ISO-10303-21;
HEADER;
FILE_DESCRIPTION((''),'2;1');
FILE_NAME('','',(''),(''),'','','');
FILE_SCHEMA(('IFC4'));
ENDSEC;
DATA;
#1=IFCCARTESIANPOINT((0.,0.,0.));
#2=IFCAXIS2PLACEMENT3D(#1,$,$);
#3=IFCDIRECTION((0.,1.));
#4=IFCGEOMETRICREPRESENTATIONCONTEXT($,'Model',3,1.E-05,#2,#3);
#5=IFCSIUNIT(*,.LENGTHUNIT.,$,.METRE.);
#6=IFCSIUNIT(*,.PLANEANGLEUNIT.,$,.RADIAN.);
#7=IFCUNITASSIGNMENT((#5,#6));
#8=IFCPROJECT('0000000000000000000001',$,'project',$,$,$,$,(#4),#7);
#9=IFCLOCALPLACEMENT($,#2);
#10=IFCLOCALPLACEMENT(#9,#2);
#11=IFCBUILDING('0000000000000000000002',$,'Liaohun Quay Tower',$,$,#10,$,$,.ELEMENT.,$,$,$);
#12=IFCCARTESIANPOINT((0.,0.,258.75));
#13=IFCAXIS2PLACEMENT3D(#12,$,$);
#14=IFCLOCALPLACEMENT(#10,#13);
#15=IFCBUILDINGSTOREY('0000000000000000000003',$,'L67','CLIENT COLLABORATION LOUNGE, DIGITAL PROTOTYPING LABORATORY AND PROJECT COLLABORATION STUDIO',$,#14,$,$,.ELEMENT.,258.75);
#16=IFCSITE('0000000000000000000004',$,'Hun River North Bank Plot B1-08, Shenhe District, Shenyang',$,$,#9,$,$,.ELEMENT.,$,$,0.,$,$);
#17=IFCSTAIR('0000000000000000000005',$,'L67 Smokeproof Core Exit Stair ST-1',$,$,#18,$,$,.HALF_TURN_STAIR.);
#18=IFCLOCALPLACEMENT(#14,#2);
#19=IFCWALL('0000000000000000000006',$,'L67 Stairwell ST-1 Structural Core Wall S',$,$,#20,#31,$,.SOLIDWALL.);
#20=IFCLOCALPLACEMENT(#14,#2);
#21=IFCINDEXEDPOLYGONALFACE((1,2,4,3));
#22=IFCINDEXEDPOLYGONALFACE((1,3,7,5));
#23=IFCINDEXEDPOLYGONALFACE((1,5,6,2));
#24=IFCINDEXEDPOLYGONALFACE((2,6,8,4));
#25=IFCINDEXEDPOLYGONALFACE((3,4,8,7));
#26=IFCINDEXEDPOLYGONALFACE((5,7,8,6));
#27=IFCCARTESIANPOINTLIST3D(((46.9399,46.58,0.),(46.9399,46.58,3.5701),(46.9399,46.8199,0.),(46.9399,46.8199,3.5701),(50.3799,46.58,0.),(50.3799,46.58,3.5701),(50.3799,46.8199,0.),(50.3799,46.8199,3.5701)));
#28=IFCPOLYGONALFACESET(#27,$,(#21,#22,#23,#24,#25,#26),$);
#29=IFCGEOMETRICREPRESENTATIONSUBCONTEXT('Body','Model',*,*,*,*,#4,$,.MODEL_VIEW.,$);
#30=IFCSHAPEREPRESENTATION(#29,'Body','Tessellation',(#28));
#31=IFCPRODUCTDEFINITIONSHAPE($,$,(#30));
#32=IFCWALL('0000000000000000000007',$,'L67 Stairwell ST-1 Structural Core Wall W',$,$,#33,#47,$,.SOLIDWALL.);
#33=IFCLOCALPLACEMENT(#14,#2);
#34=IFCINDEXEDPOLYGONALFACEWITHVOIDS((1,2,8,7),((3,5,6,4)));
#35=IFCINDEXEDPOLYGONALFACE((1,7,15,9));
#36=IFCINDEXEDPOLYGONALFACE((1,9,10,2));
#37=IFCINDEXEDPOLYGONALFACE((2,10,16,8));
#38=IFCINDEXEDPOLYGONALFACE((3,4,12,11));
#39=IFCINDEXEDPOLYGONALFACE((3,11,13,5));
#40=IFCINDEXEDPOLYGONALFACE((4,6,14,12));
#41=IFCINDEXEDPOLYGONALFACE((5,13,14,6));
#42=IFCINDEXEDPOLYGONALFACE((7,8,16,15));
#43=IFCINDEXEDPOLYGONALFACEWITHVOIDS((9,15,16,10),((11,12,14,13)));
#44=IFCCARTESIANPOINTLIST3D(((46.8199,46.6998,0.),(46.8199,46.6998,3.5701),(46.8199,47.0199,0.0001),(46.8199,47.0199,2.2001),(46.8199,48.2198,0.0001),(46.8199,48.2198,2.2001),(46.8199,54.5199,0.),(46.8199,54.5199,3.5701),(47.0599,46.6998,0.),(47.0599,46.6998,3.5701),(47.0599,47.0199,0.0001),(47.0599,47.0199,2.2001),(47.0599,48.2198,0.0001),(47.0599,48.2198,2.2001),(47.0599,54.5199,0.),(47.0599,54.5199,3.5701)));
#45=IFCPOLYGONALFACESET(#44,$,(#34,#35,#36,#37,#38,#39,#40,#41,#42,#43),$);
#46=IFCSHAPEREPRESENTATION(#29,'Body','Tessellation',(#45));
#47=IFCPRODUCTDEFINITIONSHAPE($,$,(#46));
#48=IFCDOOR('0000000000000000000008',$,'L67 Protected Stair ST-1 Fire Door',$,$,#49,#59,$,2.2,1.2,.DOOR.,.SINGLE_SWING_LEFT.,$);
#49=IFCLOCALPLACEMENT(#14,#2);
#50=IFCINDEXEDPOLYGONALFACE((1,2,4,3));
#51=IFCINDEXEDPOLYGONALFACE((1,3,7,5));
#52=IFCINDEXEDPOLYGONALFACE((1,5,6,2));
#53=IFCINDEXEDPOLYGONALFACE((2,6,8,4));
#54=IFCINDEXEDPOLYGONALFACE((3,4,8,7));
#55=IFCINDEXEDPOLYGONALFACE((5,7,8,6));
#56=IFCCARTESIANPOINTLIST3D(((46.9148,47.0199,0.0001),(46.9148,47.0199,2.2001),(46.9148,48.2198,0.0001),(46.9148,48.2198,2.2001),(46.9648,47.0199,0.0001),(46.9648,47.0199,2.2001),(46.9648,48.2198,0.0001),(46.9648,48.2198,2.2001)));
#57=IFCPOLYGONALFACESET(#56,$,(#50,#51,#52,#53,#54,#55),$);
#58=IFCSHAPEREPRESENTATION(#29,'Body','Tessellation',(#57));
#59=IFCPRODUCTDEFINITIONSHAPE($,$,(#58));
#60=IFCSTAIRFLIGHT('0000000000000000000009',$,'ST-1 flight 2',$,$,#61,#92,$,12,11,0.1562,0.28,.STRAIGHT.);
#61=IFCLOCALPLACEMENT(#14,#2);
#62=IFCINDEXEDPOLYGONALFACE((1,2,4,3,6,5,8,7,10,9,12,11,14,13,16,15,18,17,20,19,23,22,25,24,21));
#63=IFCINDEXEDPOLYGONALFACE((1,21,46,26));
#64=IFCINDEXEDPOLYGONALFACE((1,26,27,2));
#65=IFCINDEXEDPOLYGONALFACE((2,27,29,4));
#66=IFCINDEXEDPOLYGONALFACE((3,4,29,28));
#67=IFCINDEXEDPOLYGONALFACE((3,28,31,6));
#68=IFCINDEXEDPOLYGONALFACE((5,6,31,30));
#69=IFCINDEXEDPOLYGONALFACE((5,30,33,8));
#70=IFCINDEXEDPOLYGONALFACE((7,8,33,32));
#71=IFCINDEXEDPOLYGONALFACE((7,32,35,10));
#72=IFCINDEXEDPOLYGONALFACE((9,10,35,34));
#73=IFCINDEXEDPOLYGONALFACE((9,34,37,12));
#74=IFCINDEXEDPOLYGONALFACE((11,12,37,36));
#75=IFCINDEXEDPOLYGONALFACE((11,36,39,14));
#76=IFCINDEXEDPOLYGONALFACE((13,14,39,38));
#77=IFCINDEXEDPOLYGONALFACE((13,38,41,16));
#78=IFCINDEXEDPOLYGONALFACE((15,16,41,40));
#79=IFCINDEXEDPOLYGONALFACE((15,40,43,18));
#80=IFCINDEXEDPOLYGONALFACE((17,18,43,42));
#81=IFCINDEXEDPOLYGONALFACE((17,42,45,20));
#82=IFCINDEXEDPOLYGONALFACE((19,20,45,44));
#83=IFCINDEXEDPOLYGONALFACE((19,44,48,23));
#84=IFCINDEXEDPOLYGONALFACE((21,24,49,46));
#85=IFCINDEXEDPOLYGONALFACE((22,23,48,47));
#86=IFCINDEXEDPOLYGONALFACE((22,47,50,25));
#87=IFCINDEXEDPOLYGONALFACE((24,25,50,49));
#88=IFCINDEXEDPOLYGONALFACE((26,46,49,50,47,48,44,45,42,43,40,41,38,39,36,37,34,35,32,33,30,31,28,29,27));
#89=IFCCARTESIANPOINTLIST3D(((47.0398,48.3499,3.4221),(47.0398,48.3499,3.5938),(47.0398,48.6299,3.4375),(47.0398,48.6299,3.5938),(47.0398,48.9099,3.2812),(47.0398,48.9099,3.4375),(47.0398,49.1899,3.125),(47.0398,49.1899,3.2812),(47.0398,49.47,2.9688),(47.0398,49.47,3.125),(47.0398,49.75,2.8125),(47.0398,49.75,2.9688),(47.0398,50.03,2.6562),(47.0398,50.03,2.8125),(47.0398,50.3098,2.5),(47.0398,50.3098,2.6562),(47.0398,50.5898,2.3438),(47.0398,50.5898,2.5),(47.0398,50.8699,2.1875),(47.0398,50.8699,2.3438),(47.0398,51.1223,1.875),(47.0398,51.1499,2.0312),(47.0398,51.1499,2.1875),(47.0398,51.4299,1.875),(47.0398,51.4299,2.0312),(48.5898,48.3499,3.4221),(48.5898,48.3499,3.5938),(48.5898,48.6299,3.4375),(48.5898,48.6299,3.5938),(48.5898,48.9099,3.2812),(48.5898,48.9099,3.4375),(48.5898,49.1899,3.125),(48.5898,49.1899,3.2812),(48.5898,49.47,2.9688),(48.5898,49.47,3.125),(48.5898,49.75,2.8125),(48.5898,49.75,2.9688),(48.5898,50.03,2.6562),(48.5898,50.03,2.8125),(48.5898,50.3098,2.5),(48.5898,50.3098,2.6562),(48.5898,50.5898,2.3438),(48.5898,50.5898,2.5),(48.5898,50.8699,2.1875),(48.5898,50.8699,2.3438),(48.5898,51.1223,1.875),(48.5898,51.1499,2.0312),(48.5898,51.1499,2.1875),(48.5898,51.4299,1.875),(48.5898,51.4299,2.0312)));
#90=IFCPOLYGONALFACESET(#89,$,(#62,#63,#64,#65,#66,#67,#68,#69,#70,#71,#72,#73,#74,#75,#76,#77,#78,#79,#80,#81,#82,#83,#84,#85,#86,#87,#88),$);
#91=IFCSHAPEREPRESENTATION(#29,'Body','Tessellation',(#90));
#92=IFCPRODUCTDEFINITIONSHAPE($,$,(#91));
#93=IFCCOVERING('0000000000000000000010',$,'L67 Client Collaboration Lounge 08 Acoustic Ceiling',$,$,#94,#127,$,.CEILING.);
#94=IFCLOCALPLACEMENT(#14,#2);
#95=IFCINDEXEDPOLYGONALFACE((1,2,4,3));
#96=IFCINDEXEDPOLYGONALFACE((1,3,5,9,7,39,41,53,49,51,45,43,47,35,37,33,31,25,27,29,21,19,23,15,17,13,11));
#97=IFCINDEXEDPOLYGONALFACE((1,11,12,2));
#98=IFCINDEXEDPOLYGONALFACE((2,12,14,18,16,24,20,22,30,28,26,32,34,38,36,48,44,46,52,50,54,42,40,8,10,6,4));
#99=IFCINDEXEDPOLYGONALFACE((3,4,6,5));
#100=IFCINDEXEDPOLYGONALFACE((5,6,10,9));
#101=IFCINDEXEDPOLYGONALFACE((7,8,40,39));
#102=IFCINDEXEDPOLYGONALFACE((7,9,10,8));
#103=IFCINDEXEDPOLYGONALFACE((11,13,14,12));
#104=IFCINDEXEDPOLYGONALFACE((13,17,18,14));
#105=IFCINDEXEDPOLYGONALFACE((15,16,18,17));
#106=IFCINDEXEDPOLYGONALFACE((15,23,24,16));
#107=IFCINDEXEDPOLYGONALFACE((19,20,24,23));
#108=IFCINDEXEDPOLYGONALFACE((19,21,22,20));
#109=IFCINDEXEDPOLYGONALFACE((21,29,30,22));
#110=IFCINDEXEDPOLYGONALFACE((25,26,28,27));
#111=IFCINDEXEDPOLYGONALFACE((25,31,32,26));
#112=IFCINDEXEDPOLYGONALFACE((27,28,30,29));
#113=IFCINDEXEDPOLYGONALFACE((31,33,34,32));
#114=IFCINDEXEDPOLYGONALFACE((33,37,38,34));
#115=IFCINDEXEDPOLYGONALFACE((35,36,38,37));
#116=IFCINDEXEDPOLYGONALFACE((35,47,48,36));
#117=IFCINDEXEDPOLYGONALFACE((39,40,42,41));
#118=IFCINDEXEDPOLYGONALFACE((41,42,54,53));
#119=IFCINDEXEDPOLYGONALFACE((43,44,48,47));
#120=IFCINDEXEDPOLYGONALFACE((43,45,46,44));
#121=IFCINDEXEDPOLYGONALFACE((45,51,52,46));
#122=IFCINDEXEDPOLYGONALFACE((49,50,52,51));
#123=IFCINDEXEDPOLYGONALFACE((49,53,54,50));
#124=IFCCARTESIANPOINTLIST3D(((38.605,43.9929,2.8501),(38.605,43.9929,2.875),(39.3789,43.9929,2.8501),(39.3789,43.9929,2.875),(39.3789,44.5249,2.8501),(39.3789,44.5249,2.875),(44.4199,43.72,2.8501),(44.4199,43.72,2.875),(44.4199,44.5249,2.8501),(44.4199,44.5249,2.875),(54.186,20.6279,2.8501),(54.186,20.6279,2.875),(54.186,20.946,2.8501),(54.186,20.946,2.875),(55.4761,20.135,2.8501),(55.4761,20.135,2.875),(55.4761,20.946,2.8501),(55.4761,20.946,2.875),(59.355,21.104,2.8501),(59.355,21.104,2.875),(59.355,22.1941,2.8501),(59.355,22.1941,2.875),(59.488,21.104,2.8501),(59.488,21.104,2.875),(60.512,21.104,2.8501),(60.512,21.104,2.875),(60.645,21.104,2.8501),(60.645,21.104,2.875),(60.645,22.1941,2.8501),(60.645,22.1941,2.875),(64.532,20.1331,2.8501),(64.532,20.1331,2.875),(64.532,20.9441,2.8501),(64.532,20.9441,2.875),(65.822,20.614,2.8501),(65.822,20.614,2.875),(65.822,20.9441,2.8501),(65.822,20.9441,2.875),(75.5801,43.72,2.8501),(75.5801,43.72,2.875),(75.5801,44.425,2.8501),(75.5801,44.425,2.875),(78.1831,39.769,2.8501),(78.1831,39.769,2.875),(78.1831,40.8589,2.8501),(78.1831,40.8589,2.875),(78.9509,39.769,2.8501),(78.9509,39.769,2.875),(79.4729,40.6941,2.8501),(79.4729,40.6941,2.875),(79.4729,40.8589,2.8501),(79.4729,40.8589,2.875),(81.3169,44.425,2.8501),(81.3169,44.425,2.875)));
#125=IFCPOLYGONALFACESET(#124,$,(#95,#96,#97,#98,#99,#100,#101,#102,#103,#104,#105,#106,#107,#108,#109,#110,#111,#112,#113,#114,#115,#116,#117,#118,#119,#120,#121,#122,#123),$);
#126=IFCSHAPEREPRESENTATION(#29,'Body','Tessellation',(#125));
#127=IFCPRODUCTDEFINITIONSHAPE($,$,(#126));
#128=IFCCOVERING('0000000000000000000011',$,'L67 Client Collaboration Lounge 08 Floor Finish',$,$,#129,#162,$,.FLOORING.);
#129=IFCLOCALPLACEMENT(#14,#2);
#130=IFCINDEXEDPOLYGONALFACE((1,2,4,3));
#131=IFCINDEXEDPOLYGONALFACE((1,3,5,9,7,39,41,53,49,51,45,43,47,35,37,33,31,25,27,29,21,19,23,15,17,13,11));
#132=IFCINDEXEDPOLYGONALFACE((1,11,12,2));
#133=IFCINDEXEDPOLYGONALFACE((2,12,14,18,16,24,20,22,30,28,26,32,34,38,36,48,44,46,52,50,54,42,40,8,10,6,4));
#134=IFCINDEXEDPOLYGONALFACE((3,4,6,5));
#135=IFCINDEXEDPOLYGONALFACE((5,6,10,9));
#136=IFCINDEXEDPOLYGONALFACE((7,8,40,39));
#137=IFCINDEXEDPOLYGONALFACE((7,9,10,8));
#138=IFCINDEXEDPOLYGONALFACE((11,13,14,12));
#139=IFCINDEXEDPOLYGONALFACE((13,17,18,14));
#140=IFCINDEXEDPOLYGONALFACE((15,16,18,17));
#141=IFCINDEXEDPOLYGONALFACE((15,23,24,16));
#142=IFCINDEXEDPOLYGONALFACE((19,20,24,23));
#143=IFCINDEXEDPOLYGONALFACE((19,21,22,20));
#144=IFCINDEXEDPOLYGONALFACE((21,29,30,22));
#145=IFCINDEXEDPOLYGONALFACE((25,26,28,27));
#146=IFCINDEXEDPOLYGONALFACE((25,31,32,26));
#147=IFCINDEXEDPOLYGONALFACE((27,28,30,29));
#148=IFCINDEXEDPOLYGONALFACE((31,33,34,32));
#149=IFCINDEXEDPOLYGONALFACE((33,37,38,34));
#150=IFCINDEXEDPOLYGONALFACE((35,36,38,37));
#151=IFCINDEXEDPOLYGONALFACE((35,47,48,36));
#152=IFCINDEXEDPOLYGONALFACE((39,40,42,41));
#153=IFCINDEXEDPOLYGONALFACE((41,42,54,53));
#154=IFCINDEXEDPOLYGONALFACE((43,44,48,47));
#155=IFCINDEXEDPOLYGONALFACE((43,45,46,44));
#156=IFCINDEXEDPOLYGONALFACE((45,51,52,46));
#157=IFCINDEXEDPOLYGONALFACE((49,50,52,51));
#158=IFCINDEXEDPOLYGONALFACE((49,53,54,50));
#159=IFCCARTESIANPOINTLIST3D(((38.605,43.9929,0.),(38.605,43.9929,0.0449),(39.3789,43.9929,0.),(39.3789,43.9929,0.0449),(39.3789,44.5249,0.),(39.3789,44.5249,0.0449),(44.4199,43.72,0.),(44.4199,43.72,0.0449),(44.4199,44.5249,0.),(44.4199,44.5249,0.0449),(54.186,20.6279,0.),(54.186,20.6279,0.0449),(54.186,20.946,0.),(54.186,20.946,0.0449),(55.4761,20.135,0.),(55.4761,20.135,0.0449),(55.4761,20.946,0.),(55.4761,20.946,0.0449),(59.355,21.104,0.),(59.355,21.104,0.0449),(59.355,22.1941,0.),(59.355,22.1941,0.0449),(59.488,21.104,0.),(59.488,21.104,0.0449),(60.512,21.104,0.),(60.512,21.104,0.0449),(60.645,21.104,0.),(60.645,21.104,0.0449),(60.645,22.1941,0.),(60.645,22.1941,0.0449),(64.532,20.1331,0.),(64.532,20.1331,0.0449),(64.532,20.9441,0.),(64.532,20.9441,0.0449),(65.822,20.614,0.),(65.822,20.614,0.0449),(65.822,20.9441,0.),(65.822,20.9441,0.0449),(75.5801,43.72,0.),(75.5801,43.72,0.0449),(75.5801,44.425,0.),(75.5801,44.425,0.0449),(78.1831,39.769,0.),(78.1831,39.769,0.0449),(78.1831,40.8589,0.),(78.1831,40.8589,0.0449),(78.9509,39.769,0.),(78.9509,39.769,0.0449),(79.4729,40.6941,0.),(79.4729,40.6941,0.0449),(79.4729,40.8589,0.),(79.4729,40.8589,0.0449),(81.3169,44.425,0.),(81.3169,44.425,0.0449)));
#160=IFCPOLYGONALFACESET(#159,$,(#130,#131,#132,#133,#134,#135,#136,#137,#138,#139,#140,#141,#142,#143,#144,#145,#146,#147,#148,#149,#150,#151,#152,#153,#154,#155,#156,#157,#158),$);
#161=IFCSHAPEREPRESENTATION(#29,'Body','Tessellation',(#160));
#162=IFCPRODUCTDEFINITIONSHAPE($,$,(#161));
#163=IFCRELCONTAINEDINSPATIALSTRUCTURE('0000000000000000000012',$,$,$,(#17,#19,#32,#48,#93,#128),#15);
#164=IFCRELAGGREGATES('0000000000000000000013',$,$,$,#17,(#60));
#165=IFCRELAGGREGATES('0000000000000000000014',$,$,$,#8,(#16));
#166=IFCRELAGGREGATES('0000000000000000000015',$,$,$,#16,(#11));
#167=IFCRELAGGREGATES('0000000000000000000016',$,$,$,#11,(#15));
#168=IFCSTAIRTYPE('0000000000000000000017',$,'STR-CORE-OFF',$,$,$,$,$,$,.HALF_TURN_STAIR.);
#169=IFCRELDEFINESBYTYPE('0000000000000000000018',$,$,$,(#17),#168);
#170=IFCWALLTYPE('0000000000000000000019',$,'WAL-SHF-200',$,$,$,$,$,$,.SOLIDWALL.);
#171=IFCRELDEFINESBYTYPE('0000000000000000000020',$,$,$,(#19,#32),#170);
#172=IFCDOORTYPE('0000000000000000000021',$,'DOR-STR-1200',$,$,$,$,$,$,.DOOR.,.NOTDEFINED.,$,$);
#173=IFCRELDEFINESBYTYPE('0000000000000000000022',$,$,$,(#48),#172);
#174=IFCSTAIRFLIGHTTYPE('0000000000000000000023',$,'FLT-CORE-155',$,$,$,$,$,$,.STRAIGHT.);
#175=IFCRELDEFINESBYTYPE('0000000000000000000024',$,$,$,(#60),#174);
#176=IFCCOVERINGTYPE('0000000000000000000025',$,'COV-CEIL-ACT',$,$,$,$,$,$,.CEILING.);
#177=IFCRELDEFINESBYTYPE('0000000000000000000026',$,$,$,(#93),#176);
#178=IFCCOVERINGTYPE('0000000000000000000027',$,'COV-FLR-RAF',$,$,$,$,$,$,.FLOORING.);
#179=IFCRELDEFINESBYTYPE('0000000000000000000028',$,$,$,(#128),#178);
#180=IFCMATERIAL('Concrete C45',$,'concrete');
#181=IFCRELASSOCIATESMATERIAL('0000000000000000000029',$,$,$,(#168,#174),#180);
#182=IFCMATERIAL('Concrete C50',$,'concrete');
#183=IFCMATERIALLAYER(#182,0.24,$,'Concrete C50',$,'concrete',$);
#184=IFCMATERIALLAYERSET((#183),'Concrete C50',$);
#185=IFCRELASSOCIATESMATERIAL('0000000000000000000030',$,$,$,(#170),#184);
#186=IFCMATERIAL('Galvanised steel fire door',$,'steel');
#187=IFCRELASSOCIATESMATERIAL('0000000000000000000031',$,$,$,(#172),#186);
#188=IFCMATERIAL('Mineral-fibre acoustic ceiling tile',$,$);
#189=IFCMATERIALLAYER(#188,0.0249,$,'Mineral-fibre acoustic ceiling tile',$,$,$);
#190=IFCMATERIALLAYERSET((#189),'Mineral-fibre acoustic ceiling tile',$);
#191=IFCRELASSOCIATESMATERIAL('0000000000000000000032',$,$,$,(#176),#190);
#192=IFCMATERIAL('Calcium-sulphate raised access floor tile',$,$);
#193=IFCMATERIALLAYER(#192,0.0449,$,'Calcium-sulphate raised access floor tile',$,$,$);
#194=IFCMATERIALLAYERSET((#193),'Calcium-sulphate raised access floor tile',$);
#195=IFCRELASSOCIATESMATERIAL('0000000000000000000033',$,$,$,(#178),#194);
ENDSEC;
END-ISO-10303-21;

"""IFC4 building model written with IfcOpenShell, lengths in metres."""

from ifc_helpers import new_model, si_unit, direction, frame, frame_2d, origin, place, context, subcontext, project, spatial, polyline, rectangle, outline, extrude, source, transform, mapped, material, layer, layer_set, type_object, element, fill, aggregate, save


model = new_model("IFC4")

# Units and contexts
model_context = context("Model", 3, precision=1e-05, world=origin(), true_north=direction((0.0, 1.0)))
body_context = subcontext(model_context, "Body", "Model", "MODEL_VIEW")
ifc_project = project(units=[si_unit("LENGTHUNIT", "METRE"), si_unit("PLANEANGLEUNIT", "RADIAN")], contexts=[model_context])

# Site, building, storey
site_placement = place(None, origin())
site = spatial("IfcSite", under=ifc_project, at=site_placement, Name="Hun River North Bank Plot B1-08, Shenhe District, Shenyang", CompositionType="ELEMENT", RefElevation=0.0)
building_placement = place(site_placement, origin())
building = spatial("IfcBuilding", under=site, at=building_placement, Name="Liaohun Quay Tower", CompositionType="ELEMENT")
storey_placement = place(building_placement, frame((0.0, 0.0, 258.75)))
storey = spatial("IfcBuildingStorey", under=building, at=storey_placement, Name="L67", Description="CLIENT COLLABORATION LOUNGE, DIGITAL PROTOTYPING LABORATORY AND PROJECT COLLABORATION STUDIO", CompositionType="ELEMENT", Elevation=258.75)

# Stair
ifc_material_1 = material(Name="Concrete C45", Category="concrete")
stair_type = type_object("IfcStairType", Name="STR-CORE-OFF", PredefinedType="HALF_TURN_STAIR", material=ifc_material_1)
stair_1_placement = place(storey_placement, origin())
stair_1 = element("IfcStair", 1, at=stair_1_placement, inside=storey, type_object=stair_type, Name="L67 Smokeproof Core Exit Stair ST-1", PredefinedType="HALF_TURN_STAIR")

# Wall
ifc_material_2 = material(Name="Concrete C50", Category="concrete")
ifc_layer_1 = layer(ifc_material_2, 0.24, Name="Concrete C50", Category="concrete")
ifc_layer_set_1 = layer_set([ifc_layer_1], Name="Concrete C50")
wall_type_1 = type_object("IfcWallType", Name="WAL-SHF-200", PredefinedType="SOLIDWALL", material=ifc_layer_set_1)
wall_1_placement = place(storey_placement, frame((46.9399, 46.7, 0.0), z_axis=(0.0, 0.0, 1.0), x_axis=(1.0, 0.0, 0.0)))
element("IfcWall", 2, at=wall_1_placement, inside=storey, type_object=wall_type_1, Name="L67 Stairwell ST-1 Structural Core Wall S", PredefinedType="SOLIDWALL", context=body_context, shape_type="SweptSolid", body=[
    extrude(rectangle(XDim=3.4399, YDim=0.24, at=frame_2d((1.72, 0.0))), origin(), (0.0, 0.0, 1.0), 3.5701),
])

# Wall, opening, door
wall_2_placement = place(storey_placement, frame((46.9399, 54.52, 0.0), z_axis=(0.0, 0.0, 1.0), x_axis=(0.0, -1.0, 0.0)))
wall_2 = element("IfcWall", 3, at=wall_2_placement, inside=storey, type_object=wall_type_1, Name="L67 Stairwell ST-1 Structural Core Wall W", PredefinedType="SOLIDWALL", context=body_context, shape_type="SweptSolid", body=[
    extrude(rectangle(XDim=7.8201, YDim=0.24, at=frame_2d((3.9102, 0.0))), origin(), (0.0, 0.0, 1.0), 3.5701),
])
shared_shape_1 = source(origin(), body_context, "Body", "SweptSolid", [
    extrude(rectangle(XDim=1.2, YDim=2.2, at=frame_2d((0.6001, 1.1001))), frame((0.0, 0.1299, 0.0), z_axis=(0.0, -1.0, 0.0), x_axis=(1.0, 0.0, 0.0)), (0.0, 0.0, 1.0), 0.26),
])
opening_1_placement = place(wall_2_placement, frame((6.3, 0.0, 0.0)))
opening_1 = element("IfcOpeningElement", 4, at=opening_1_placement, cuts=wall_2, PredefinedType="OPENING", context=body_context, shape_type="MappedRepresentation", body=[
    mapped(shared_shape_1, transform((0.0, 0.0, 0.0), x_axis=(1.0, 0.0, 0.0), y_axis=(0.0, 1.0, 0.0), z_axis=(0.0, 0.0, 1.0), scale=1.0)),
])
ifc_material_3 = material(Name="Galvanised steel fire door", Category="steel")
door_type_1 = type_object("IfcDoorType", Name="DOR-STR-1200", OperationType="NOTDEFINED", PredefinedType="DOOR", material=ifc_material_3)
shared_shape_2 = source(origin(), body_context, "Body", "SweptSolid", [
    extrude(rectangle(XDim=1.2, YDim=2.2, at=frame_2d((0.6001, 1.1001))), frame((0.0, 0.0249, 0.0), z_axis=(0.0, -1.0, 0.0), x_axis=(1.0, 0.0, 0.0)), (0.0, 0.0, 1.0), 0.05),
])
door_1_placement = place(opening_1_placement, origin())
door_1 = element("IfcDoor", 5, at=door_1_placement, inside=storey, type_object=door_type_1, Name="L67 Protected Stair ST-1 Fire Door", OperationType="SINGLE_SWING_LEFT", OverallHeight=2.2, OverallWidth=1.2, PredefinedType="DOOR", context=body_context, shape_type="MappedRepresentation", body=[
    mapped(shared_shape_2, transform((0.0, 0.0, 0.0), x_axis=(1.0, 0.0, 0.0), y_axis=(0.0, 1.0, 0.0), z_axis=(0.0, 0.0, 1.0), scale=1.0)),
])
fill(opening_1, door_1)

# Stair flight
stair_flight_type = type_object("IfcStairFlightType", Name="FLT-CORE-155", PredefinedType="STRAIGHT", material=ifc_material_1)
stair_flight_placement = place(storey_placement, frame((47.8149, 51.4299, 1.875), z_axis=(0.0, 0.0, 1.0), x_axis=(0.0, -1.0, 0.0)))
stair_flight = element("IfcStairFlight", 6, at=stair_flight_placement, type_object=stair_flight_type, Name="ST-1 flight 2", NumberOfRisers=12, NumberOfTreads=11, PredefinedType="STRAIGHT", RiserHeight=0.1562, TreadLength=0.28, context=body_context, shape_type="SweptSolid", body=[
    extrude(outline(polyline([(0.0, 0.0), (0.0, 0.1562), (0.28, 0.1562), (0.28, 0.3125), (0.5601, 0.3125), (0.5601, 0.4688), (0.8401, 0.4688), (0.8401, 0.625), (1.1201, 0.625), (1.1201, 0.7812), (1.3999, 0.7812), (1.3999, 0.9375), (1.6799, 0.9375), (1.6799, 1.0938), (1.96, 1.0938), (1.96, 1.25), (2.24, 1.25), (2.24, 1.4062), (2.52, 1.4062), (2.52, 1.5625), (2.8, 1.5625), (2.8, 1.7188), (3.0801, 1.7188), (3.0801, 1.875), (3.0801, 1.5471), (0.3076, 0.0), (0.0, 0.0)])), frame((0.0, 0.7749, 0.0), z_axis=(0.0, -1.0, 0.0), x_axis=(1.0, 0.0, 0.0)), (0.0, 0.0, 1.0), 1.55),
])
aggregate(stair_1, [stair_flight])

# Coverings
ifc_material_4 = material(Name="Mineral-fibre acoustic ceiling tile")
ifc_layer_2 = layer(ifc_material_4, 0.0249, Name="Mineral-fibre acoustic ceiling tile")
ifc_layer_set_2 = layer_set([ifc_layer_2], Name="Mineral-fibre acoustic ceiling tile")
covering_type_1 = type_object("IfcCoveringType", Name="COV-CEIL-ACT", PredefinedType="CEILING", material=ifc_layer_set_2)
covering_1_placement = place(storey_placement, frame((0.0, 0.0, 2.8501)))
element("IfcCovering", 7, at=covering_1_placement, inside=storey, type_object=covering_type_1, Name="L67 Client Collaboration Lounge 08 Acoustic Ceiling", PredefinedType="CEILING", context=body_context, shape_type="SweptSolid", body=[
    extrude(outline(polyline([(39.3789, 44.5249), (39.3789, 43.9929), (38.605, 43.9929), (54.186, 20.6279), (54.186, 20.946), (55.4761, 20.946), (55.4761, 20.135), (59.488, 21.104), (59.355, 21.104), (59.355, 22.1941), (60.645, 22.1941), (60.645, 21.104), (60.512, 21.104), (64.532, 20.1331), (64.532, 20.9441), (65.822, 20.9441), (65.822, 20.614), (78.9509, 39.769), (78.1831, 39.769), (78.1831, 40.8589), (79.4729, 40.8589), (79.4729, 40.6941), (81.3169, 44.425), (75.5801, 44.425), (75.5801, 43.72), (44.4199, 43.72), (44.4199, 44.5249), (39.3789, 44.5249)])), origin(), (0.0, 0.0, 1.0), 0.0249),
])
ifc_material_5 = material(Name="Calcium-sulphate raised access floor tile")
ifc_layer_3 = layer(ifc_material_5, 0.0449, Name="Calcium-sulphate raised access floor tile")
ifc_layer_set_3 = layer_set([ifc_layer_3], Name="Calcium-sulphate raised access floor tile")
covering_type_2 = type_object("IfcCoveringType", Name="COV-FLR-RAF", PredefinedType="FLOORING", material=ifc_layer_set_3)
covering_2_placement = place(storey_placement, origin())
element("IfcCovering", 8, at=covering_2_placement, inside=storey, type_object=covering_type_2, Name="L67 Client Collaboration Lounge 08 Floor Finish", PredefinedType="FLOORING", context=body_context, shape_type="SweptSolid", body=[
    extrude(outline(polyline([(39.3789, 44.5249), (39.3789, 43.9929), (38.605, 43.9929), (54.186, 20.6279), (54.186, 20.946), (55.4761, 20.946), (55.4761, 20.135), (59.488, 21.104), (59.355, 21.104), (59.355, 22.1941), (60.645, 22.1941), (60.645, 21.104), (60.512, 21.104), (64.532, 20.1331), (64.532, 20.9441), (65.822, 20.9441), (65.822, 20.614), (78.9509, 39.769), (78.1831, 39.769), (78.1831, 40.8589), (79.4729, 40.8589), (79.4729, 40.6941), (81.3169, 44.425), (75.5801, 44.425), (75.5801, 43.72), (44.4199, 43.72), (44.4199, 44.5249), (39.3789, 44.5249)])), origin(), (0.0, 0.0, 1.0), 0.0449),
])

save(model, "model.ifc")
